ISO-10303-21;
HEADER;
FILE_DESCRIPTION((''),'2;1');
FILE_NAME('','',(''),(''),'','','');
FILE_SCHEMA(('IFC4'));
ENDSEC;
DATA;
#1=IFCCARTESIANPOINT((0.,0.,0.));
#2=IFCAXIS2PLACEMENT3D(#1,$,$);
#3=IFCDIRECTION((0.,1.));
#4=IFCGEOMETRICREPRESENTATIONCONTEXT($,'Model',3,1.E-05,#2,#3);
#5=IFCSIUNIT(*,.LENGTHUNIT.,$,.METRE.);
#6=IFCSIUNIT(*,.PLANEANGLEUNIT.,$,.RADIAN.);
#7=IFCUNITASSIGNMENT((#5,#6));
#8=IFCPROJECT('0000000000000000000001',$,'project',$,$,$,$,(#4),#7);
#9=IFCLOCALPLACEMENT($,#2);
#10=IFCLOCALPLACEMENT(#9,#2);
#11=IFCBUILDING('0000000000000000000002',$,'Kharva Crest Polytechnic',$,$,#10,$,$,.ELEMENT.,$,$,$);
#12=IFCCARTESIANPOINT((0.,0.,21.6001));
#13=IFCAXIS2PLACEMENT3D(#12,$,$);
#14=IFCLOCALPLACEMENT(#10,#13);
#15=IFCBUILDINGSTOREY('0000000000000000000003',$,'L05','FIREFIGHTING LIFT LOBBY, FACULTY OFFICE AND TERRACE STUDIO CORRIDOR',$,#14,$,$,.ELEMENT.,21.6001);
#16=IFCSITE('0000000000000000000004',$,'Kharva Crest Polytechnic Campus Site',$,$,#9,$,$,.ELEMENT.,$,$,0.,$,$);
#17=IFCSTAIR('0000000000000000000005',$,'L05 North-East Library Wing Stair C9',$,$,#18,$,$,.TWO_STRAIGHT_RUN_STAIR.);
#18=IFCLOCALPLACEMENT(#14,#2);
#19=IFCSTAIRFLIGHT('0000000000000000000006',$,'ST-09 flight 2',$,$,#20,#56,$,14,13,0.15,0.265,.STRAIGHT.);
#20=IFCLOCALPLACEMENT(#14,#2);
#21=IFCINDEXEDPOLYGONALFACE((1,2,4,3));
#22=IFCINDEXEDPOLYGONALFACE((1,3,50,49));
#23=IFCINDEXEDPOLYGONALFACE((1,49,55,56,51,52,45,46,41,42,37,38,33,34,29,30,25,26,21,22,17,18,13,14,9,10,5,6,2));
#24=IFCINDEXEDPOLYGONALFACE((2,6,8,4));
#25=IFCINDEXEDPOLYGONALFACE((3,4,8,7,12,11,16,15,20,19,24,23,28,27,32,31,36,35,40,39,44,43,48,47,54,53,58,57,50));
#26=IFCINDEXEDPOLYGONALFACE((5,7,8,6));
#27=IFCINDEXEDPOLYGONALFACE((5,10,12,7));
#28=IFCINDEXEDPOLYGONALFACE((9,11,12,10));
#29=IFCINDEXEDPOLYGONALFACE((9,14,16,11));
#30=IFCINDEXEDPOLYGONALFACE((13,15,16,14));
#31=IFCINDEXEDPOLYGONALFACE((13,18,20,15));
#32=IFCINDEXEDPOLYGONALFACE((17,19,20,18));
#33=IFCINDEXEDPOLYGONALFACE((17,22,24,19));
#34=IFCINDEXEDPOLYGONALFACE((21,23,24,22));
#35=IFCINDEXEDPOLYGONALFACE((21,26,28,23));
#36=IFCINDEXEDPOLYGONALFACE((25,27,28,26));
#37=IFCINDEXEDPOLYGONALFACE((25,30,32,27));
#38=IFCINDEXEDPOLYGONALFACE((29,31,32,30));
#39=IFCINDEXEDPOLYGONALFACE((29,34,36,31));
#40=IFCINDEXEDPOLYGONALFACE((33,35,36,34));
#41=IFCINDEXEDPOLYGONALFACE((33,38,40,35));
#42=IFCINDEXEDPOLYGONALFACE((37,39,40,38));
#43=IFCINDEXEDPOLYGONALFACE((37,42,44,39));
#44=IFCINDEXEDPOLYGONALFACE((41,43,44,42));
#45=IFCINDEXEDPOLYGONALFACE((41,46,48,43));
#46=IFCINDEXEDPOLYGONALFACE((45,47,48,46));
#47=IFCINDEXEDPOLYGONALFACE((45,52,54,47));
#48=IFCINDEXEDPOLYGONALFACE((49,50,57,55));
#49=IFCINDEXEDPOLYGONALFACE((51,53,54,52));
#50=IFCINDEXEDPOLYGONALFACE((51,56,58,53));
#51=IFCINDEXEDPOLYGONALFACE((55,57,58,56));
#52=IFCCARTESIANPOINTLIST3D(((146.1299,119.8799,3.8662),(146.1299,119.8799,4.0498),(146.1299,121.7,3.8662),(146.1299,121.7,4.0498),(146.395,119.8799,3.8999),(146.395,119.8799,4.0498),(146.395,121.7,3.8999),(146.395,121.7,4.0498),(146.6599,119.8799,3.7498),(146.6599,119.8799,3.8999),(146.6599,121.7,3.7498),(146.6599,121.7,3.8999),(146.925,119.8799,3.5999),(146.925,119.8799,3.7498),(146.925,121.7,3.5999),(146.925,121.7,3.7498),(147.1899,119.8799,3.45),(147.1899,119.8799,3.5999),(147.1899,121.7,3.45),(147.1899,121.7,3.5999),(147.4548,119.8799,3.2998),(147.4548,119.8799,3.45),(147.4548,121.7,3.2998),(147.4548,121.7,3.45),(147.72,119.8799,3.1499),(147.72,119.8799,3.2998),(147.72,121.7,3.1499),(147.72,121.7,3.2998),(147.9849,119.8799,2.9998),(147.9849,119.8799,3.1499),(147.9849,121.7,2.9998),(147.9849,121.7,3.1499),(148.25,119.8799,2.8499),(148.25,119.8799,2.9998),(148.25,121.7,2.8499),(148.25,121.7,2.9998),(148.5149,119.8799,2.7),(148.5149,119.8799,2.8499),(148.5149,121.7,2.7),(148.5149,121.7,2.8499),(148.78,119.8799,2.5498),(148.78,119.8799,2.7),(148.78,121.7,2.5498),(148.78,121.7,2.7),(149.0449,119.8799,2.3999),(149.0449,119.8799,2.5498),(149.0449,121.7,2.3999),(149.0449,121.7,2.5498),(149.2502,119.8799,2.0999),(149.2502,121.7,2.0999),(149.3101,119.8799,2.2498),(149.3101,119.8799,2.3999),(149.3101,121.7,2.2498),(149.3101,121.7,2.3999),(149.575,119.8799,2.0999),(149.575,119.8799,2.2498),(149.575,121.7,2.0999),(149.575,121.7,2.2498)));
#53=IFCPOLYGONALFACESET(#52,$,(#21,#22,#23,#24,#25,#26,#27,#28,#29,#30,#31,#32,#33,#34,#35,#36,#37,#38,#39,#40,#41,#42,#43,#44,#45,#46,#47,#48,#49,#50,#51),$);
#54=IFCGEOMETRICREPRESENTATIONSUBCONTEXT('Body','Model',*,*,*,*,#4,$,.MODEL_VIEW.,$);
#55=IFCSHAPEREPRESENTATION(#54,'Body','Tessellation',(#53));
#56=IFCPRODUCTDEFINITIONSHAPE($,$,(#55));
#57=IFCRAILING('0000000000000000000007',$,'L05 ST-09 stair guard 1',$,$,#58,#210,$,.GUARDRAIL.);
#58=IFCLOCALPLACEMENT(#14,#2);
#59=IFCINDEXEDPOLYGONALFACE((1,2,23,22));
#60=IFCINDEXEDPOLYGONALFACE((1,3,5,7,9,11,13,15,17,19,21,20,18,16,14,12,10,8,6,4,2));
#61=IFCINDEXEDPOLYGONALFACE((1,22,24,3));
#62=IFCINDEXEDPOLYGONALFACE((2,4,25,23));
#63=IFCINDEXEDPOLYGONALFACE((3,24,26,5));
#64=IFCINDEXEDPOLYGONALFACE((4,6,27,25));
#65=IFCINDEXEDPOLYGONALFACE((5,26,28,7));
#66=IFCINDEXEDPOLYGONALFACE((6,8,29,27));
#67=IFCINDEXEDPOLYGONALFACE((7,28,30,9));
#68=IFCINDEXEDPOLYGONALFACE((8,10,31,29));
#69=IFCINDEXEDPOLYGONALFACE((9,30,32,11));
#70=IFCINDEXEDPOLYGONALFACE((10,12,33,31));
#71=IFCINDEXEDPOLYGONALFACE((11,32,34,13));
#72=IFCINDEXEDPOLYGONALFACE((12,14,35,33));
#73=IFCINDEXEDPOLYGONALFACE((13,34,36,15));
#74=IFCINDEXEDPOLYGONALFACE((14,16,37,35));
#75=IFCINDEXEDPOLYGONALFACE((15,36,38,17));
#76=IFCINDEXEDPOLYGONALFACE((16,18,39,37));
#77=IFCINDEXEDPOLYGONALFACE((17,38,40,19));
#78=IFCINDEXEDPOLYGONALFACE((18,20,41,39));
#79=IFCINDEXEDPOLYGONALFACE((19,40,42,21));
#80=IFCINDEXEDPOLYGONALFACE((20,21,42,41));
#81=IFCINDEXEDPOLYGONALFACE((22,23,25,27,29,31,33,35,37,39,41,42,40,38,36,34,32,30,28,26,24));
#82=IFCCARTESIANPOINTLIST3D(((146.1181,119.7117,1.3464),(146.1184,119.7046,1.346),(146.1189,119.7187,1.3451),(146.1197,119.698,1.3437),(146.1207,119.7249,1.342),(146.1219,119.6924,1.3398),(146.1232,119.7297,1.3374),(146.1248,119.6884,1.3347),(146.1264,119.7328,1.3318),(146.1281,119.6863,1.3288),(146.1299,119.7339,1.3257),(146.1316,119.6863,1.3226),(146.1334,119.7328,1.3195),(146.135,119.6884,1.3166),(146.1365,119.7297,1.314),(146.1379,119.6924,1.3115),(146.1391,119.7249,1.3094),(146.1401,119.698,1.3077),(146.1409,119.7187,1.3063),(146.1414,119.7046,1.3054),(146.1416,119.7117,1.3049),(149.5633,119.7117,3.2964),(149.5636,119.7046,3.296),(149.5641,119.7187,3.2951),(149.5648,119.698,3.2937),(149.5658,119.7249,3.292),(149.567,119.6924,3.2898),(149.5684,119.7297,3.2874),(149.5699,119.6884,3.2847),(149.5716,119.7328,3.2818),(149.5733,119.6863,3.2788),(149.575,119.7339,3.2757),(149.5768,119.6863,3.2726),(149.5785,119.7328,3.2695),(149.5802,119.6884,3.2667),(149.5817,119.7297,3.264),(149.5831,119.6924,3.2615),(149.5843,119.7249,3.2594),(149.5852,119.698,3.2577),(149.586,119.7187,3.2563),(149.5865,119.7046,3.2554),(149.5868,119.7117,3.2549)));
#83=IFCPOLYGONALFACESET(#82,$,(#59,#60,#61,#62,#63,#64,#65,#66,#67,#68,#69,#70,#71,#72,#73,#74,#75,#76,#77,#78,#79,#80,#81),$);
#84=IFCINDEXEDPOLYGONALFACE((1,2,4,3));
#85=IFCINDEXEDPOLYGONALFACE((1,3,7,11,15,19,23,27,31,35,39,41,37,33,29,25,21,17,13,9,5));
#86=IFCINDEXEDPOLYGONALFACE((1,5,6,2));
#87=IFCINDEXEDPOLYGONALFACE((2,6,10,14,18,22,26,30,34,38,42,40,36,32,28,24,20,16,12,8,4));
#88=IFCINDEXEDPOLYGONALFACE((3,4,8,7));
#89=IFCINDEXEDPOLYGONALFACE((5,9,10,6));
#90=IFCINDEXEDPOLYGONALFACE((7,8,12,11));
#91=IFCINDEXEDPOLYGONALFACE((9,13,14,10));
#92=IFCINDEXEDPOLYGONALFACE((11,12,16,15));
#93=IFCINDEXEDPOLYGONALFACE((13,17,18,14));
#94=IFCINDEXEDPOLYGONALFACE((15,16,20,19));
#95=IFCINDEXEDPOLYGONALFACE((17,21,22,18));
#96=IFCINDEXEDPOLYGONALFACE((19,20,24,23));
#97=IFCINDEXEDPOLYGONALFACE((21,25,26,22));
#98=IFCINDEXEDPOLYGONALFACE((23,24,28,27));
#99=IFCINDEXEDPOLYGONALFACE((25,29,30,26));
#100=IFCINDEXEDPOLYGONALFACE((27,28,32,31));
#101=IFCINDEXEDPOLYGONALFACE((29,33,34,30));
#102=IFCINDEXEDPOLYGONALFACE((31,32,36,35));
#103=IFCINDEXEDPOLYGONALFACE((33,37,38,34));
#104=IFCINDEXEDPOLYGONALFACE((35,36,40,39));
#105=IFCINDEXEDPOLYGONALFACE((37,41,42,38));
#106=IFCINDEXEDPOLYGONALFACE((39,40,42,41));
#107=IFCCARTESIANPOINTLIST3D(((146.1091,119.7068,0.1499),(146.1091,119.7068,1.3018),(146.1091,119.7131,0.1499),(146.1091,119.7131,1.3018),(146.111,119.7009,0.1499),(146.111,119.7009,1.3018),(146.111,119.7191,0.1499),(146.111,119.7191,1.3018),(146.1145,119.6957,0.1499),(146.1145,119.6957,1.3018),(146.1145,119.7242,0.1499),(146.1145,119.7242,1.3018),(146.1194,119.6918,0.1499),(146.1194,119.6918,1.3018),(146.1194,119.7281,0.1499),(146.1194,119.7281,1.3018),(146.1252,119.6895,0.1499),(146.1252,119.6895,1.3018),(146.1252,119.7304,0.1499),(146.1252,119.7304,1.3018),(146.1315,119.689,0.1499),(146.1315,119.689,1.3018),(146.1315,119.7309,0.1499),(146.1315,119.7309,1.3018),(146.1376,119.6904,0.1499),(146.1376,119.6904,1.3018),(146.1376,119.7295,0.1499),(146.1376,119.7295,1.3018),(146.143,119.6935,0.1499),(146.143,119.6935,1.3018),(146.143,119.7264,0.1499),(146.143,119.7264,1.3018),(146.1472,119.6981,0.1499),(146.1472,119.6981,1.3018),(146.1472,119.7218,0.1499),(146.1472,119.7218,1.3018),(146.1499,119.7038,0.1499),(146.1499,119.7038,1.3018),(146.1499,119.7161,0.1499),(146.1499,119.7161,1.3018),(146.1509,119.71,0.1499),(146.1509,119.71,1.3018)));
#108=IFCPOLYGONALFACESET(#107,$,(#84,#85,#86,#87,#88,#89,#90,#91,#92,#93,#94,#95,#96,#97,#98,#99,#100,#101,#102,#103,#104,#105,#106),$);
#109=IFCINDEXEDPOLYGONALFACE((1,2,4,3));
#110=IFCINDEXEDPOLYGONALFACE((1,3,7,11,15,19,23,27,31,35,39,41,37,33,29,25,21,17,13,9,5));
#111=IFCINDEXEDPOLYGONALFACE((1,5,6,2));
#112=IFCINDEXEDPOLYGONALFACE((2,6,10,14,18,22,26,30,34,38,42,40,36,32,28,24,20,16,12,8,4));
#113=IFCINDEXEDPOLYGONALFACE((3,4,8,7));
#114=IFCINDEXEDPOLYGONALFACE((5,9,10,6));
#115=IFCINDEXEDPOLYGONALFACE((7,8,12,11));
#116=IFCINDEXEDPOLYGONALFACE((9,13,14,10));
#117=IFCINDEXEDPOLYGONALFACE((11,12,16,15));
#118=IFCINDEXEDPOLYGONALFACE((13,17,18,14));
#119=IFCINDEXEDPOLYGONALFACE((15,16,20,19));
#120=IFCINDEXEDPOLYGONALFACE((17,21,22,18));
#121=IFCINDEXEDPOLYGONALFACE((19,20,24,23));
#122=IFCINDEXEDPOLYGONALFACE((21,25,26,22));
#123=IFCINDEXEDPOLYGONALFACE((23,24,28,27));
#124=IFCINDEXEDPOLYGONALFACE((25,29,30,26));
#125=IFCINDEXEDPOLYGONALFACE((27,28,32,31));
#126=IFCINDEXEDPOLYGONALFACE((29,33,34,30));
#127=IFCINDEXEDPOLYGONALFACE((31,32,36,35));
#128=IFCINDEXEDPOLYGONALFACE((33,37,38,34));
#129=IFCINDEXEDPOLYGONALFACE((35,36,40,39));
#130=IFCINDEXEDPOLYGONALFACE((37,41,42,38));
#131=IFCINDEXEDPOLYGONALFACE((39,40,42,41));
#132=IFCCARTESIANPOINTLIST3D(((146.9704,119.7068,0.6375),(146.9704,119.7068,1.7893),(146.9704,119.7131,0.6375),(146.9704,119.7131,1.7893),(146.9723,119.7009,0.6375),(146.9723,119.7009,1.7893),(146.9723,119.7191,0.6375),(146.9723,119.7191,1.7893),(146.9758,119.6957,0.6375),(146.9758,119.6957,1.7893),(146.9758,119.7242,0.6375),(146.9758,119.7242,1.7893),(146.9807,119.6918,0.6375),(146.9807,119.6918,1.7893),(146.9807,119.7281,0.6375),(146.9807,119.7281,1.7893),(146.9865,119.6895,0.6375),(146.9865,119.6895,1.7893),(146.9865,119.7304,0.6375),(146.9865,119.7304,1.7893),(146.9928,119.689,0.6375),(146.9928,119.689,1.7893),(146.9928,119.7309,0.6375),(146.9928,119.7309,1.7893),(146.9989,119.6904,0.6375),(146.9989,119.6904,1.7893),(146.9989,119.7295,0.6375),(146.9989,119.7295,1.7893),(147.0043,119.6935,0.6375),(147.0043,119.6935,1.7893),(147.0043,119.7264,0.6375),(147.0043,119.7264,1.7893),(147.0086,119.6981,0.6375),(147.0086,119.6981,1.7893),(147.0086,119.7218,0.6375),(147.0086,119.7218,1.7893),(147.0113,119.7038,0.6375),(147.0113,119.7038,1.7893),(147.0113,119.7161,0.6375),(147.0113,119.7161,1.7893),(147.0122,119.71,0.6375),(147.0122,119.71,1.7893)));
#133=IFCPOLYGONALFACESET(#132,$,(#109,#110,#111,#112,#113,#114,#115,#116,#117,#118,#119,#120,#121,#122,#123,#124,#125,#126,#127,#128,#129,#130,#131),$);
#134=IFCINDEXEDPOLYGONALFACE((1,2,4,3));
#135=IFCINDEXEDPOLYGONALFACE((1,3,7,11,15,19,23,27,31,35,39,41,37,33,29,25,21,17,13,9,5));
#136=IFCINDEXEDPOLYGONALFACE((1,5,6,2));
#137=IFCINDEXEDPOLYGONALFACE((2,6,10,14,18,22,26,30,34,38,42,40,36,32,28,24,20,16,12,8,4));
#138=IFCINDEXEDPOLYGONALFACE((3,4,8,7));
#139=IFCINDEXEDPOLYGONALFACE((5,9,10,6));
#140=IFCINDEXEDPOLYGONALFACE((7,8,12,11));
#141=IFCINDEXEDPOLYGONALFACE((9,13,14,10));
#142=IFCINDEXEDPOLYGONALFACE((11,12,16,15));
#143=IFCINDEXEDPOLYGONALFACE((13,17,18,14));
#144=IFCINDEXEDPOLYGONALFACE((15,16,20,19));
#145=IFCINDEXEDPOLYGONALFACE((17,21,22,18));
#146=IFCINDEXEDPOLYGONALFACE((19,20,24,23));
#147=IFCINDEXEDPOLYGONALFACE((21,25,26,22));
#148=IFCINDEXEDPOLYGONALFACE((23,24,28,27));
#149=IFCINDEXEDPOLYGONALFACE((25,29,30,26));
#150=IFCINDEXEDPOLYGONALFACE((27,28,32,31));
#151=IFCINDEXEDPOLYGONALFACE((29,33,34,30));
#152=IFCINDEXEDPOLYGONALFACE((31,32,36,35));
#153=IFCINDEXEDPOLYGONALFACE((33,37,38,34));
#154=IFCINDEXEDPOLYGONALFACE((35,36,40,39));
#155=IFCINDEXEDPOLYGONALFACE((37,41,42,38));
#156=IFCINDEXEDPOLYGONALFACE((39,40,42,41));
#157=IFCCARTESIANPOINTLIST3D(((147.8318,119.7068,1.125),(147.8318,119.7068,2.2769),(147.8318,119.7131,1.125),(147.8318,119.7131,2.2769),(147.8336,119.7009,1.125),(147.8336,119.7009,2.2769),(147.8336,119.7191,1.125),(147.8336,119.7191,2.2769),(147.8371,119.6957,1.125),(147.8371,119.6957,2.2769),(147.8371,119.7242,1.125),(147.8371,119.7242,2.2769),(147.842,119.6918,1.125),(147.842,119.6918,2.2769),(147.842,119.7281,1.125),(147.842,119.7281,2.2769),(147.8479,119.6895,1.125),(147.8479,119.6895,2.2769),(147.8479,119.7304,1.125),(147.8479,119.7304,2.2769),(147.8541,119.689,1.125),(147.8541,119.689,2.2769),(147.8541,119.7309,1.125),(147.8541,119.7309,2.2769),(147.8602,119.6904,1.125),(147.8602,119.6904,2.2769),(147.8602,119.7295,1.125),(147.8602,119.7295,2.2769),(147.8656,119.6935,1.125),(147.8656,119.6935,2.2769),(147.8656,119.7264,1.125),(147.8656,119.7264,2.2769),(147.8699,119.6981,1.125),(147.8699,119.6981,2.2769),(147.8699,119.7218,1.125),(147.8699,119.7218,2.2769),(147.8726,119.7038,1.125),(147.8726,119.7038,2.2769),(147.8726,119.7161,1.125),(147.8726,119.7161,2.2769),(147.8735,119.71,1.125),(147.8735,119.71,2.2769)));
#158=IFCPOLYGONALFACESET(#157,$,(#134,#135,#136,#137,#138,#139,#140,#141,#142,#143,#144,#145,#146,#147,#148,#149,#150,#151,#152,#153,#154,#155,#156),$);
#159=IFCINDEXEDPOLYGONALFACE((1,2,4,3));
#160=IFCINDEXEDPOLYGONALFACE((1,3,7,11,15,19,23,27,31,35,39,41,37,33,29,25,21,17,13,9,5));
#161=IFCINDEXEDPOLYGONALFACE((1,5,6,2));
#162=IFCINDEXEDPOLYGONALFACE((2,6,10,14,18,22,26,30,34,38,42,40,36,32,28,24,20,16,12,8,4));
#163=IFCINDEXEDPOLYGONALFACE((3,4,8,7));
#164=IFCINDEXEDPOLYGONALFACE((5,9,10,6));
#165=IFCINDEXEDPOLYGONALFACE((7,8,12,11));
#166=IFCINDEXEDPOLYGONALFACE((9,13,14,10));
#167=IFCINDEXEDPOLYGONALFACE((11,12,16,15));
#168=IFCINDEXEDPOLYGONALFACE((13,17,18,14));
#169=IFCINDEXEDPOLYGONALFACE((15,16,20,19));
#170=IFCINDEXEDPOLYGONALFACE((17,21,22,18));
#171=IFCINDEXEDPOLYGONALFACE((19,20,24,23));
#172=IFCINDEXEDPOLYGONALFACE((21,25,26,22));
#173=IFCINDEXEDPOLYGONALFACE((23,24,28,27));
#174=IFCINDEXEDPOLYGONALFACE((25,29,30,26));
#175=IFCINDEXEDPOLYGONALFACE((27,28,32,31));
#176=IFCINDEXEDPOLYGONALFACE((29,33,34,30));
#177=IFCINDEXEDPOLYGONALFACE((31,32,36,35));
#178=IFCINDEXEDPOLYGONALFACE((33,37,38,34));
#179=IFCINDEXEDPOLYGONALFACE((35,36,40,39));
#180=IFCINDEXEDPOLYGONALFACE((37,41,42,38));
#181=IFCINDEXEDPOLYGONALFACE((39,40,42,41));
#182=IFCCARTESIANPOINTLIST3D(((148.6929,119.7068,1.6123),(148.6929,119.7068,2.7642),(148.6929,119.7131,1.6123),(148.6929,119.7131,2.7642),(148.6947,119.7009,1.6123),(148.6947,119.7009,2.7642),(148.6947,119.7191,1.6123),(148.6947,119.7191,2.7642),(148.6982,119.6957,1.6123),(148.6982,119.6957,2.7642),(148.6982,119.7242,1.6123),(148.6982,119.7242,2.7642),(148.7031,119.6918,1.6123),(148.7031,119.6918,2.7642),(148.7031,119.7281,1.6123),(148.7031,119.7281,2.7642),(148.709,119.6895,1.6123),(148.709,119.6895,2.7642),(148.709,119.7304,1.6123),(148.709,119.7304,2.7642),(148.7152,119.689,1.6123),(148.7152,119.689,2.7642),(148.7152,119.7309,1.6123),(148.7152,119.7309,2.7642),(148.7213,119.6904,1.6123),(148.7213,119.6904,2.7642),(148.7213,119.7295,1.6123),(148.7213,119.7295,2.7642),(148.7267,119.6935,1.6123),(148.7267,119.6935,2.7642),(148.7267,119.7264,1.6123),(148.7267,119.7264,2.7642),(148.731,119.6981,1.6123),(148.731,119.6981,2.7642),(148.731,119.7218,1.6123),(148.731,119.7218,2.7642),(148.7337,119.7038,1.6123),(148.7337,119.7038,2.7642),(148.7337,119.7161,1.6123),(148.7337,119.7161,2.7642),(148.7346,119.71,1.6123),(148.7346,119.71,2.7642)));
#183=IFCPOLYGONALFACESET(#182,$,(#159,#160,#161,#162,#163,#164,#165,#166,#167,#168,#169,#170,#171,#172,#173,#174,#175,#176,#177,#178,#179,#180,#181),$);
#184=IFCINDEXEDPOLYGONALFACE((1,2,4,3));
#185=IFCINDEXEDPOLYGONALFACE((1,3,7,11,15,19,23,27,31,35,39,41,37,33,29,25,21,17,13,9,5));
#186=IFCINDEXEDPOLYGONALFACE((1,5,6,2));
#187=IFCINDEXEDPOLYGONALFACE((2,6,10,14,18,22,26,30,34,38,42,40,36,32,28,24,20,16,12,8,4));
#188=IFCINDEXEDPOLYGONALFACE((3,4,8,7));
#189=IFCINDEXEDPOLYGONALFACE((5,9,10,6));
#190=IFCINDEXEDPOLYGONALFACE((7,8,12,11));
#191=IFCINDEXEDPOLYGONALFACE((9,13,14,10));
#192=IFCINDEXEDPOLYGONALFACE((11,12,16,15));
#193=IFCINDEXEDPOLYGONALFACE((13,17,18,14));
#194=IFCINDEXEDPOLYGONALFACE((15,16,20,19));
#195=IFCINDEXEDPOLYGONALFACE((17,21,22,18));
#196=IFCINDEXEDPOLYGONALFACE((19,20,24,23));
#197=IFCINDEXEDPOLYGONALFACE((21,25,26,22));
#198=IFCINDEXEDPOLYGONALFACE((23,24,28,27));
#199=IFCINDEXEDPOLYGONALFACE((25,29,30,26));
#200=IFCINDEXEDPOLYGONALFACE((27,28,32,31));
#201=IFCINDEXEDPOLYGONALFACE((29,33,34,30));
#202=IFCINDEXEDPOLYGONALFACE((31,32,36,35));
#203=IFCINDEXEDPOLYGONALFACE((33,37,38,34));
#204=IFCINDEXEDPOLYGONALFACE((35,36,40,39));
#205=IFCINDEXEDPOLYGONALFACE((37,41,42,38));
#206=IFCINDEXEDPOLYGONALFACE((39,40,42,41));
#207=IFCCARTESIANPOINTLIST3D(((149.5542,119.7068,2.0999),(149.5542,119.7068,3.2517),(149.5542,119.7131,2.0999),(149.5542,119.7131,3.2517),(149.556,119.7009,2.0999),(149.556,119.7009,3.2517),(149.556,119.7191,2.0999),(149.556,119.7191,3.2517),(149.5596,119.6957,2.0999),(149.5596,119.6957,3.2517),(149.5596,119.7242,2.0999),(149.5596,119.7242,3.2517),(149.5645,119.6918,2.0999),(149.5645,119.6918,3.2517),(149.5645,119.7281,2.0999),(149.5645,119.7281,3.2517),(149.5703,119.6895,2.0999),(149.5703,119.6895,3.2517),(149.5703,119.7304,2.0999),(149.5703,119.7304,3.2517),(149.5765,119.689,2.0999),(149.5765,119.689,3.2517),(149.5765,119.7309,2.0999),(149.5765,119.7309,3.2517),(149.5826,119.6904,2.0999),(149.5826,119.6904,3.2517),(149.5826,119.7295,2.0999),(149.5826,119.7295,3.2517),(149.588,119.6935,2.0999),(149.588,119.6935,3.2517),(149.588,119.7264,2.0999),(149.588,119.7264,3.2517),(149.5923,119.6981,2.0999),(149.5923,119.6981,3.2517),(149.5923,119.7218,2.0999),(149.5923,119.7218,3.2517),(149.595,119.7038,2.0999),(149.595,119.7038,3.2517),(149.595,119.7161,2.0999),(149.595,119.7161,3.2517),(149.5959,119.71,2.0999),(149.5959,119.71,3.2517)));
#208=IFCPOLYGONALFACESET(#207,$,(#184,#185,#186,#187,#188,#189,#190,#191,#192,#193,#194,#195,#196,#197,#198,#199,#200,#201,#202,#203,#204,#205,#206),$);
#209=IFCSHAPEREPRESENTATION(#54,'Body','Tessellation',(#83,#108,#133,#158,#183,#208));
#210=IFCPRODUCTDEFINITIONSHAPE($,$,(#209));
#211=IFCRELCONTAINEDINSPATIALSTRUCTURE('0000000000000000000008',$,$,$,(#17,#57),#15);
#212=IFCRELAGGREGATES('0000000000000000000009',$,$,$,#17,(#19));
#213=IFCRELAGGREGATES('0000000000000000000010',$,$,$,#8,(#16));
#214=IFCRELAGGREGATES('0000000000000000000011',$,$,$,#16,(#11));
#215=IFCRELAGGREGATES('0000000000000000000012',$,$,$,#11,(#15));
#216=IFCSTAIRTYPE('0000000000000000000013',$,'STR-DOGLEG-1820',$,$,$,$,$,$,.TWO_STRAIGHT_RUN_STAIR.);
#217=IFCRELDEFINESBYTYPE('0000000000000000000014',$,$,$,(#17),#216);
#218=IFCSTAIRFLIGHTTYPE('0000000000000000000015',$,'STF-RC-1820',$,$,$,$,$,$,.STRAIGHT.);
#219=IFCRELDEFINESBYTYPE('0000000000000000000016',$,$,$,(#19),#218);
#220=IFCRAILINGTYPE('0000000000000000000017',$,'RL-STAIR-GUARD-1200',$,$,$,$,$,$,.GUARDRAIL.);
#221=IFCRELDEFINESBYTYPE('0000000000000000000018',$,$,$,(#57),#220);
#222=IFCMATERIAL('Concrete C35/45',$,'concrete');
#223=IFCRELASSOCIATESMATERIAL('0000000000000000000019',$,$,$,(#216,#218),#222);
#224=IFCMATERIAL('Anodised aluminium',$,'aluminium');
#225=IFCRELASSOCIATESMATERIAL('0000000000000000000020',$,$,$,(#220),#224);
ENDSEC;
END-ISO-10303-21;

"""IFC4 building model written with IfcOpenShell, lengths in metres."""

from ifc_helpers import new_model, si_unit, direction, frame, origin, origin_2d, place, context, subcontext, project, spatial, polyline, circle, outline, extrude, material, type_object, element, aggregate, save


model = new_model("IFC4")

# Units and contexts
model_context = context("Model", 3, precision=1e-05, world=origin(), true_north=direction((0.0, 1.0)))
body_context = subcontext(model_context, "Body", "Model", "MODEL_VIEW")
ifc_project = project(units=[si_unit("LENGTHUNIT", "METRE"), si_unit("PLANEANGLEUNIT", "RADIAN")], contexts=[model_context])

# Site, building, storey
site_placement = place(None, origin())
site = spatial("IfcSite", under=ifc_project, at=site_placement, Name="Kharva Crest Polytechnic Campus Site", CompositionType="ELEMENT", RefElevation=0.0)
building_placement = place(site_placement, origin())
building = spatial("IfcBuilding", under=site, at=building_placement, Name="Kharva Crest Polytechnic", CompositionType="ELEMENT")
storey_placement = place(building_placement, frame((0.0, 0.0, 21.6001)))
storey = spatial("IfcBuildingStorey", under=building, at=storey_placement, Name="L05", Description="FIREFIGHTING LIFT LOBBY, FACULTY OFFICE AND TERRACE STUDIO CORRIDOR", CompositionType="ELEMENT", Elevation=21.6001)

# Shared definitions
ifc_material_1 = material(Name="Concrete C35/45", Category="concrete")

# Shared definitions
ifc_material_2 = material(Name="Anodised aluminium", Category="aluminium")

# Stair, stair flight
stair_type = type_object("IfcStairType", Name="STR-DOGLEG-1820", PredefinedType="TWO_STRAIGHT_RUN_STAIR", material=ifc_material_1)
stair_placement = place(storey_placement, origin())
stair = element("IfcStair", 1, at=stair_placement, inside=storey, type_object=stair_type, Name="L05 North-East Library Wing Stair C9", PredefinedType="TWO_STRAIGHT_RUN_STAIR")
stair_flight_type = type_object("IfcStairFlightType", Name="STF-RC-1820", PredefinedType="STRAIGHT", material=ifc_material_1)
stair_flight_placement = place(storey_placement, frame((149.575, 120.79, 2.0999), z_axis=(0.0, 0.0, 1.0), x_axis=(-1.0, 0.0, 0.0)))
stair_flight = element("IfcStairFlight", 2, at=stair_flight_placement, type_object=stair_flight_type, Name="ST-09 flight 2", NumberOfRisers=14, NumberOfTreads=13, PredefinedType="STRAIGHT", RiserHeight=0.15, TreadLength=0.265, context=body_context, shape_type="SweptSolid", body=[
    extrude(outline(polyline([(0.0, 0.0), (0.0, 0.1499), (0.2649, 0.1499), (0.2649, 0.3), (0.53, 0.3), (0.53, 0.45), (0.7949, 0.45), (0.7949, 0.6001), (1.0601, 0.6001), (1.0601, 0.75), (1.325, 0.75), (1.325, 0.8999), (1.5901, 0.8999), (1.5901, 1.05), (1.855, 1.05), (1.855, 1.2), (2.1201, 1.2), (2.1201, 1.3501), (2.385, 1.3501), (2.385, 1.5), (2.6499, 1.5), (2.6499, 1.6499), (2.915, 1.6499), (2.915, 1.8), (3.1799, 1.8), (3.1799, 1.95), (3.4451, 1.95), (3.4451, 2.1001), (3.4451, 1.7664), (0.3247, 0.0), (0.0, 0.0)])), frame((0.0, 0.9102, 0.0), z_axis=(0.0, -1.0, 0.0), x_axis=(1.0, 0.0, 0.0)), (0.0, 0.0, 1.0), 1.8201),
])
aggregate(stair, [stair_flight])

# Railing
railing_type_1 = type_object("IfcRailingType", Name="RL-STAIR-GUARD-1200", PredefinedType="GUARDRAIL", material=ifc_material_2)
railing_1_placement = place(storey_placement, frame((146.1299, 119.71, 0.1499)))
element("IfcRailing", 3, at=railing_1_placement, inside=storey, type_object=railing_type_1, Name="L05 ST-09 stair guard 1", PredefinedType="GUARDRAIL", context=body_context, shape_type="SweptSolid", body=[
    extrude(circle(Radius=0.0239, at=origin_2d()), frame((0.0, 0.0, 1.1758), z_axis=(0.870266, 0.0, 0.492581), x_axis=(0.0, 1.0, 0.0)), (0.0, 0.0, 1.0), 3.9587),
    extrude(circle(Radius=0.021, at=origin_2d()), origin(), (0.0, 0.0, 1.0), 1.1519),
    extrude(circle(Radius=0.021, at=origin_2d()), frame((0.8613, 0.0, 0.4875)), (0.0, 0.0, 1.0), 1.1519),
    extrude(circle(Radius=0.021, at=origin_2d()), frame((1.7227, 0.0, 0.9751)), (0.0, 0.0, 1.0), 1.1519),
    extrude(circle(Radius=0.021, at=origin_2d()), frame((2.5837, 0.0, 1.4624)), (0.0, 0.0, 1.0), 1.1519),
    extrude(circle(Radius=0.021, at=origin_2d()), frame((3.4451, 0.0, 1.95)), (0.0, 0.0, 1.0), 1.1519),
])

save(model, "model.ifc")
